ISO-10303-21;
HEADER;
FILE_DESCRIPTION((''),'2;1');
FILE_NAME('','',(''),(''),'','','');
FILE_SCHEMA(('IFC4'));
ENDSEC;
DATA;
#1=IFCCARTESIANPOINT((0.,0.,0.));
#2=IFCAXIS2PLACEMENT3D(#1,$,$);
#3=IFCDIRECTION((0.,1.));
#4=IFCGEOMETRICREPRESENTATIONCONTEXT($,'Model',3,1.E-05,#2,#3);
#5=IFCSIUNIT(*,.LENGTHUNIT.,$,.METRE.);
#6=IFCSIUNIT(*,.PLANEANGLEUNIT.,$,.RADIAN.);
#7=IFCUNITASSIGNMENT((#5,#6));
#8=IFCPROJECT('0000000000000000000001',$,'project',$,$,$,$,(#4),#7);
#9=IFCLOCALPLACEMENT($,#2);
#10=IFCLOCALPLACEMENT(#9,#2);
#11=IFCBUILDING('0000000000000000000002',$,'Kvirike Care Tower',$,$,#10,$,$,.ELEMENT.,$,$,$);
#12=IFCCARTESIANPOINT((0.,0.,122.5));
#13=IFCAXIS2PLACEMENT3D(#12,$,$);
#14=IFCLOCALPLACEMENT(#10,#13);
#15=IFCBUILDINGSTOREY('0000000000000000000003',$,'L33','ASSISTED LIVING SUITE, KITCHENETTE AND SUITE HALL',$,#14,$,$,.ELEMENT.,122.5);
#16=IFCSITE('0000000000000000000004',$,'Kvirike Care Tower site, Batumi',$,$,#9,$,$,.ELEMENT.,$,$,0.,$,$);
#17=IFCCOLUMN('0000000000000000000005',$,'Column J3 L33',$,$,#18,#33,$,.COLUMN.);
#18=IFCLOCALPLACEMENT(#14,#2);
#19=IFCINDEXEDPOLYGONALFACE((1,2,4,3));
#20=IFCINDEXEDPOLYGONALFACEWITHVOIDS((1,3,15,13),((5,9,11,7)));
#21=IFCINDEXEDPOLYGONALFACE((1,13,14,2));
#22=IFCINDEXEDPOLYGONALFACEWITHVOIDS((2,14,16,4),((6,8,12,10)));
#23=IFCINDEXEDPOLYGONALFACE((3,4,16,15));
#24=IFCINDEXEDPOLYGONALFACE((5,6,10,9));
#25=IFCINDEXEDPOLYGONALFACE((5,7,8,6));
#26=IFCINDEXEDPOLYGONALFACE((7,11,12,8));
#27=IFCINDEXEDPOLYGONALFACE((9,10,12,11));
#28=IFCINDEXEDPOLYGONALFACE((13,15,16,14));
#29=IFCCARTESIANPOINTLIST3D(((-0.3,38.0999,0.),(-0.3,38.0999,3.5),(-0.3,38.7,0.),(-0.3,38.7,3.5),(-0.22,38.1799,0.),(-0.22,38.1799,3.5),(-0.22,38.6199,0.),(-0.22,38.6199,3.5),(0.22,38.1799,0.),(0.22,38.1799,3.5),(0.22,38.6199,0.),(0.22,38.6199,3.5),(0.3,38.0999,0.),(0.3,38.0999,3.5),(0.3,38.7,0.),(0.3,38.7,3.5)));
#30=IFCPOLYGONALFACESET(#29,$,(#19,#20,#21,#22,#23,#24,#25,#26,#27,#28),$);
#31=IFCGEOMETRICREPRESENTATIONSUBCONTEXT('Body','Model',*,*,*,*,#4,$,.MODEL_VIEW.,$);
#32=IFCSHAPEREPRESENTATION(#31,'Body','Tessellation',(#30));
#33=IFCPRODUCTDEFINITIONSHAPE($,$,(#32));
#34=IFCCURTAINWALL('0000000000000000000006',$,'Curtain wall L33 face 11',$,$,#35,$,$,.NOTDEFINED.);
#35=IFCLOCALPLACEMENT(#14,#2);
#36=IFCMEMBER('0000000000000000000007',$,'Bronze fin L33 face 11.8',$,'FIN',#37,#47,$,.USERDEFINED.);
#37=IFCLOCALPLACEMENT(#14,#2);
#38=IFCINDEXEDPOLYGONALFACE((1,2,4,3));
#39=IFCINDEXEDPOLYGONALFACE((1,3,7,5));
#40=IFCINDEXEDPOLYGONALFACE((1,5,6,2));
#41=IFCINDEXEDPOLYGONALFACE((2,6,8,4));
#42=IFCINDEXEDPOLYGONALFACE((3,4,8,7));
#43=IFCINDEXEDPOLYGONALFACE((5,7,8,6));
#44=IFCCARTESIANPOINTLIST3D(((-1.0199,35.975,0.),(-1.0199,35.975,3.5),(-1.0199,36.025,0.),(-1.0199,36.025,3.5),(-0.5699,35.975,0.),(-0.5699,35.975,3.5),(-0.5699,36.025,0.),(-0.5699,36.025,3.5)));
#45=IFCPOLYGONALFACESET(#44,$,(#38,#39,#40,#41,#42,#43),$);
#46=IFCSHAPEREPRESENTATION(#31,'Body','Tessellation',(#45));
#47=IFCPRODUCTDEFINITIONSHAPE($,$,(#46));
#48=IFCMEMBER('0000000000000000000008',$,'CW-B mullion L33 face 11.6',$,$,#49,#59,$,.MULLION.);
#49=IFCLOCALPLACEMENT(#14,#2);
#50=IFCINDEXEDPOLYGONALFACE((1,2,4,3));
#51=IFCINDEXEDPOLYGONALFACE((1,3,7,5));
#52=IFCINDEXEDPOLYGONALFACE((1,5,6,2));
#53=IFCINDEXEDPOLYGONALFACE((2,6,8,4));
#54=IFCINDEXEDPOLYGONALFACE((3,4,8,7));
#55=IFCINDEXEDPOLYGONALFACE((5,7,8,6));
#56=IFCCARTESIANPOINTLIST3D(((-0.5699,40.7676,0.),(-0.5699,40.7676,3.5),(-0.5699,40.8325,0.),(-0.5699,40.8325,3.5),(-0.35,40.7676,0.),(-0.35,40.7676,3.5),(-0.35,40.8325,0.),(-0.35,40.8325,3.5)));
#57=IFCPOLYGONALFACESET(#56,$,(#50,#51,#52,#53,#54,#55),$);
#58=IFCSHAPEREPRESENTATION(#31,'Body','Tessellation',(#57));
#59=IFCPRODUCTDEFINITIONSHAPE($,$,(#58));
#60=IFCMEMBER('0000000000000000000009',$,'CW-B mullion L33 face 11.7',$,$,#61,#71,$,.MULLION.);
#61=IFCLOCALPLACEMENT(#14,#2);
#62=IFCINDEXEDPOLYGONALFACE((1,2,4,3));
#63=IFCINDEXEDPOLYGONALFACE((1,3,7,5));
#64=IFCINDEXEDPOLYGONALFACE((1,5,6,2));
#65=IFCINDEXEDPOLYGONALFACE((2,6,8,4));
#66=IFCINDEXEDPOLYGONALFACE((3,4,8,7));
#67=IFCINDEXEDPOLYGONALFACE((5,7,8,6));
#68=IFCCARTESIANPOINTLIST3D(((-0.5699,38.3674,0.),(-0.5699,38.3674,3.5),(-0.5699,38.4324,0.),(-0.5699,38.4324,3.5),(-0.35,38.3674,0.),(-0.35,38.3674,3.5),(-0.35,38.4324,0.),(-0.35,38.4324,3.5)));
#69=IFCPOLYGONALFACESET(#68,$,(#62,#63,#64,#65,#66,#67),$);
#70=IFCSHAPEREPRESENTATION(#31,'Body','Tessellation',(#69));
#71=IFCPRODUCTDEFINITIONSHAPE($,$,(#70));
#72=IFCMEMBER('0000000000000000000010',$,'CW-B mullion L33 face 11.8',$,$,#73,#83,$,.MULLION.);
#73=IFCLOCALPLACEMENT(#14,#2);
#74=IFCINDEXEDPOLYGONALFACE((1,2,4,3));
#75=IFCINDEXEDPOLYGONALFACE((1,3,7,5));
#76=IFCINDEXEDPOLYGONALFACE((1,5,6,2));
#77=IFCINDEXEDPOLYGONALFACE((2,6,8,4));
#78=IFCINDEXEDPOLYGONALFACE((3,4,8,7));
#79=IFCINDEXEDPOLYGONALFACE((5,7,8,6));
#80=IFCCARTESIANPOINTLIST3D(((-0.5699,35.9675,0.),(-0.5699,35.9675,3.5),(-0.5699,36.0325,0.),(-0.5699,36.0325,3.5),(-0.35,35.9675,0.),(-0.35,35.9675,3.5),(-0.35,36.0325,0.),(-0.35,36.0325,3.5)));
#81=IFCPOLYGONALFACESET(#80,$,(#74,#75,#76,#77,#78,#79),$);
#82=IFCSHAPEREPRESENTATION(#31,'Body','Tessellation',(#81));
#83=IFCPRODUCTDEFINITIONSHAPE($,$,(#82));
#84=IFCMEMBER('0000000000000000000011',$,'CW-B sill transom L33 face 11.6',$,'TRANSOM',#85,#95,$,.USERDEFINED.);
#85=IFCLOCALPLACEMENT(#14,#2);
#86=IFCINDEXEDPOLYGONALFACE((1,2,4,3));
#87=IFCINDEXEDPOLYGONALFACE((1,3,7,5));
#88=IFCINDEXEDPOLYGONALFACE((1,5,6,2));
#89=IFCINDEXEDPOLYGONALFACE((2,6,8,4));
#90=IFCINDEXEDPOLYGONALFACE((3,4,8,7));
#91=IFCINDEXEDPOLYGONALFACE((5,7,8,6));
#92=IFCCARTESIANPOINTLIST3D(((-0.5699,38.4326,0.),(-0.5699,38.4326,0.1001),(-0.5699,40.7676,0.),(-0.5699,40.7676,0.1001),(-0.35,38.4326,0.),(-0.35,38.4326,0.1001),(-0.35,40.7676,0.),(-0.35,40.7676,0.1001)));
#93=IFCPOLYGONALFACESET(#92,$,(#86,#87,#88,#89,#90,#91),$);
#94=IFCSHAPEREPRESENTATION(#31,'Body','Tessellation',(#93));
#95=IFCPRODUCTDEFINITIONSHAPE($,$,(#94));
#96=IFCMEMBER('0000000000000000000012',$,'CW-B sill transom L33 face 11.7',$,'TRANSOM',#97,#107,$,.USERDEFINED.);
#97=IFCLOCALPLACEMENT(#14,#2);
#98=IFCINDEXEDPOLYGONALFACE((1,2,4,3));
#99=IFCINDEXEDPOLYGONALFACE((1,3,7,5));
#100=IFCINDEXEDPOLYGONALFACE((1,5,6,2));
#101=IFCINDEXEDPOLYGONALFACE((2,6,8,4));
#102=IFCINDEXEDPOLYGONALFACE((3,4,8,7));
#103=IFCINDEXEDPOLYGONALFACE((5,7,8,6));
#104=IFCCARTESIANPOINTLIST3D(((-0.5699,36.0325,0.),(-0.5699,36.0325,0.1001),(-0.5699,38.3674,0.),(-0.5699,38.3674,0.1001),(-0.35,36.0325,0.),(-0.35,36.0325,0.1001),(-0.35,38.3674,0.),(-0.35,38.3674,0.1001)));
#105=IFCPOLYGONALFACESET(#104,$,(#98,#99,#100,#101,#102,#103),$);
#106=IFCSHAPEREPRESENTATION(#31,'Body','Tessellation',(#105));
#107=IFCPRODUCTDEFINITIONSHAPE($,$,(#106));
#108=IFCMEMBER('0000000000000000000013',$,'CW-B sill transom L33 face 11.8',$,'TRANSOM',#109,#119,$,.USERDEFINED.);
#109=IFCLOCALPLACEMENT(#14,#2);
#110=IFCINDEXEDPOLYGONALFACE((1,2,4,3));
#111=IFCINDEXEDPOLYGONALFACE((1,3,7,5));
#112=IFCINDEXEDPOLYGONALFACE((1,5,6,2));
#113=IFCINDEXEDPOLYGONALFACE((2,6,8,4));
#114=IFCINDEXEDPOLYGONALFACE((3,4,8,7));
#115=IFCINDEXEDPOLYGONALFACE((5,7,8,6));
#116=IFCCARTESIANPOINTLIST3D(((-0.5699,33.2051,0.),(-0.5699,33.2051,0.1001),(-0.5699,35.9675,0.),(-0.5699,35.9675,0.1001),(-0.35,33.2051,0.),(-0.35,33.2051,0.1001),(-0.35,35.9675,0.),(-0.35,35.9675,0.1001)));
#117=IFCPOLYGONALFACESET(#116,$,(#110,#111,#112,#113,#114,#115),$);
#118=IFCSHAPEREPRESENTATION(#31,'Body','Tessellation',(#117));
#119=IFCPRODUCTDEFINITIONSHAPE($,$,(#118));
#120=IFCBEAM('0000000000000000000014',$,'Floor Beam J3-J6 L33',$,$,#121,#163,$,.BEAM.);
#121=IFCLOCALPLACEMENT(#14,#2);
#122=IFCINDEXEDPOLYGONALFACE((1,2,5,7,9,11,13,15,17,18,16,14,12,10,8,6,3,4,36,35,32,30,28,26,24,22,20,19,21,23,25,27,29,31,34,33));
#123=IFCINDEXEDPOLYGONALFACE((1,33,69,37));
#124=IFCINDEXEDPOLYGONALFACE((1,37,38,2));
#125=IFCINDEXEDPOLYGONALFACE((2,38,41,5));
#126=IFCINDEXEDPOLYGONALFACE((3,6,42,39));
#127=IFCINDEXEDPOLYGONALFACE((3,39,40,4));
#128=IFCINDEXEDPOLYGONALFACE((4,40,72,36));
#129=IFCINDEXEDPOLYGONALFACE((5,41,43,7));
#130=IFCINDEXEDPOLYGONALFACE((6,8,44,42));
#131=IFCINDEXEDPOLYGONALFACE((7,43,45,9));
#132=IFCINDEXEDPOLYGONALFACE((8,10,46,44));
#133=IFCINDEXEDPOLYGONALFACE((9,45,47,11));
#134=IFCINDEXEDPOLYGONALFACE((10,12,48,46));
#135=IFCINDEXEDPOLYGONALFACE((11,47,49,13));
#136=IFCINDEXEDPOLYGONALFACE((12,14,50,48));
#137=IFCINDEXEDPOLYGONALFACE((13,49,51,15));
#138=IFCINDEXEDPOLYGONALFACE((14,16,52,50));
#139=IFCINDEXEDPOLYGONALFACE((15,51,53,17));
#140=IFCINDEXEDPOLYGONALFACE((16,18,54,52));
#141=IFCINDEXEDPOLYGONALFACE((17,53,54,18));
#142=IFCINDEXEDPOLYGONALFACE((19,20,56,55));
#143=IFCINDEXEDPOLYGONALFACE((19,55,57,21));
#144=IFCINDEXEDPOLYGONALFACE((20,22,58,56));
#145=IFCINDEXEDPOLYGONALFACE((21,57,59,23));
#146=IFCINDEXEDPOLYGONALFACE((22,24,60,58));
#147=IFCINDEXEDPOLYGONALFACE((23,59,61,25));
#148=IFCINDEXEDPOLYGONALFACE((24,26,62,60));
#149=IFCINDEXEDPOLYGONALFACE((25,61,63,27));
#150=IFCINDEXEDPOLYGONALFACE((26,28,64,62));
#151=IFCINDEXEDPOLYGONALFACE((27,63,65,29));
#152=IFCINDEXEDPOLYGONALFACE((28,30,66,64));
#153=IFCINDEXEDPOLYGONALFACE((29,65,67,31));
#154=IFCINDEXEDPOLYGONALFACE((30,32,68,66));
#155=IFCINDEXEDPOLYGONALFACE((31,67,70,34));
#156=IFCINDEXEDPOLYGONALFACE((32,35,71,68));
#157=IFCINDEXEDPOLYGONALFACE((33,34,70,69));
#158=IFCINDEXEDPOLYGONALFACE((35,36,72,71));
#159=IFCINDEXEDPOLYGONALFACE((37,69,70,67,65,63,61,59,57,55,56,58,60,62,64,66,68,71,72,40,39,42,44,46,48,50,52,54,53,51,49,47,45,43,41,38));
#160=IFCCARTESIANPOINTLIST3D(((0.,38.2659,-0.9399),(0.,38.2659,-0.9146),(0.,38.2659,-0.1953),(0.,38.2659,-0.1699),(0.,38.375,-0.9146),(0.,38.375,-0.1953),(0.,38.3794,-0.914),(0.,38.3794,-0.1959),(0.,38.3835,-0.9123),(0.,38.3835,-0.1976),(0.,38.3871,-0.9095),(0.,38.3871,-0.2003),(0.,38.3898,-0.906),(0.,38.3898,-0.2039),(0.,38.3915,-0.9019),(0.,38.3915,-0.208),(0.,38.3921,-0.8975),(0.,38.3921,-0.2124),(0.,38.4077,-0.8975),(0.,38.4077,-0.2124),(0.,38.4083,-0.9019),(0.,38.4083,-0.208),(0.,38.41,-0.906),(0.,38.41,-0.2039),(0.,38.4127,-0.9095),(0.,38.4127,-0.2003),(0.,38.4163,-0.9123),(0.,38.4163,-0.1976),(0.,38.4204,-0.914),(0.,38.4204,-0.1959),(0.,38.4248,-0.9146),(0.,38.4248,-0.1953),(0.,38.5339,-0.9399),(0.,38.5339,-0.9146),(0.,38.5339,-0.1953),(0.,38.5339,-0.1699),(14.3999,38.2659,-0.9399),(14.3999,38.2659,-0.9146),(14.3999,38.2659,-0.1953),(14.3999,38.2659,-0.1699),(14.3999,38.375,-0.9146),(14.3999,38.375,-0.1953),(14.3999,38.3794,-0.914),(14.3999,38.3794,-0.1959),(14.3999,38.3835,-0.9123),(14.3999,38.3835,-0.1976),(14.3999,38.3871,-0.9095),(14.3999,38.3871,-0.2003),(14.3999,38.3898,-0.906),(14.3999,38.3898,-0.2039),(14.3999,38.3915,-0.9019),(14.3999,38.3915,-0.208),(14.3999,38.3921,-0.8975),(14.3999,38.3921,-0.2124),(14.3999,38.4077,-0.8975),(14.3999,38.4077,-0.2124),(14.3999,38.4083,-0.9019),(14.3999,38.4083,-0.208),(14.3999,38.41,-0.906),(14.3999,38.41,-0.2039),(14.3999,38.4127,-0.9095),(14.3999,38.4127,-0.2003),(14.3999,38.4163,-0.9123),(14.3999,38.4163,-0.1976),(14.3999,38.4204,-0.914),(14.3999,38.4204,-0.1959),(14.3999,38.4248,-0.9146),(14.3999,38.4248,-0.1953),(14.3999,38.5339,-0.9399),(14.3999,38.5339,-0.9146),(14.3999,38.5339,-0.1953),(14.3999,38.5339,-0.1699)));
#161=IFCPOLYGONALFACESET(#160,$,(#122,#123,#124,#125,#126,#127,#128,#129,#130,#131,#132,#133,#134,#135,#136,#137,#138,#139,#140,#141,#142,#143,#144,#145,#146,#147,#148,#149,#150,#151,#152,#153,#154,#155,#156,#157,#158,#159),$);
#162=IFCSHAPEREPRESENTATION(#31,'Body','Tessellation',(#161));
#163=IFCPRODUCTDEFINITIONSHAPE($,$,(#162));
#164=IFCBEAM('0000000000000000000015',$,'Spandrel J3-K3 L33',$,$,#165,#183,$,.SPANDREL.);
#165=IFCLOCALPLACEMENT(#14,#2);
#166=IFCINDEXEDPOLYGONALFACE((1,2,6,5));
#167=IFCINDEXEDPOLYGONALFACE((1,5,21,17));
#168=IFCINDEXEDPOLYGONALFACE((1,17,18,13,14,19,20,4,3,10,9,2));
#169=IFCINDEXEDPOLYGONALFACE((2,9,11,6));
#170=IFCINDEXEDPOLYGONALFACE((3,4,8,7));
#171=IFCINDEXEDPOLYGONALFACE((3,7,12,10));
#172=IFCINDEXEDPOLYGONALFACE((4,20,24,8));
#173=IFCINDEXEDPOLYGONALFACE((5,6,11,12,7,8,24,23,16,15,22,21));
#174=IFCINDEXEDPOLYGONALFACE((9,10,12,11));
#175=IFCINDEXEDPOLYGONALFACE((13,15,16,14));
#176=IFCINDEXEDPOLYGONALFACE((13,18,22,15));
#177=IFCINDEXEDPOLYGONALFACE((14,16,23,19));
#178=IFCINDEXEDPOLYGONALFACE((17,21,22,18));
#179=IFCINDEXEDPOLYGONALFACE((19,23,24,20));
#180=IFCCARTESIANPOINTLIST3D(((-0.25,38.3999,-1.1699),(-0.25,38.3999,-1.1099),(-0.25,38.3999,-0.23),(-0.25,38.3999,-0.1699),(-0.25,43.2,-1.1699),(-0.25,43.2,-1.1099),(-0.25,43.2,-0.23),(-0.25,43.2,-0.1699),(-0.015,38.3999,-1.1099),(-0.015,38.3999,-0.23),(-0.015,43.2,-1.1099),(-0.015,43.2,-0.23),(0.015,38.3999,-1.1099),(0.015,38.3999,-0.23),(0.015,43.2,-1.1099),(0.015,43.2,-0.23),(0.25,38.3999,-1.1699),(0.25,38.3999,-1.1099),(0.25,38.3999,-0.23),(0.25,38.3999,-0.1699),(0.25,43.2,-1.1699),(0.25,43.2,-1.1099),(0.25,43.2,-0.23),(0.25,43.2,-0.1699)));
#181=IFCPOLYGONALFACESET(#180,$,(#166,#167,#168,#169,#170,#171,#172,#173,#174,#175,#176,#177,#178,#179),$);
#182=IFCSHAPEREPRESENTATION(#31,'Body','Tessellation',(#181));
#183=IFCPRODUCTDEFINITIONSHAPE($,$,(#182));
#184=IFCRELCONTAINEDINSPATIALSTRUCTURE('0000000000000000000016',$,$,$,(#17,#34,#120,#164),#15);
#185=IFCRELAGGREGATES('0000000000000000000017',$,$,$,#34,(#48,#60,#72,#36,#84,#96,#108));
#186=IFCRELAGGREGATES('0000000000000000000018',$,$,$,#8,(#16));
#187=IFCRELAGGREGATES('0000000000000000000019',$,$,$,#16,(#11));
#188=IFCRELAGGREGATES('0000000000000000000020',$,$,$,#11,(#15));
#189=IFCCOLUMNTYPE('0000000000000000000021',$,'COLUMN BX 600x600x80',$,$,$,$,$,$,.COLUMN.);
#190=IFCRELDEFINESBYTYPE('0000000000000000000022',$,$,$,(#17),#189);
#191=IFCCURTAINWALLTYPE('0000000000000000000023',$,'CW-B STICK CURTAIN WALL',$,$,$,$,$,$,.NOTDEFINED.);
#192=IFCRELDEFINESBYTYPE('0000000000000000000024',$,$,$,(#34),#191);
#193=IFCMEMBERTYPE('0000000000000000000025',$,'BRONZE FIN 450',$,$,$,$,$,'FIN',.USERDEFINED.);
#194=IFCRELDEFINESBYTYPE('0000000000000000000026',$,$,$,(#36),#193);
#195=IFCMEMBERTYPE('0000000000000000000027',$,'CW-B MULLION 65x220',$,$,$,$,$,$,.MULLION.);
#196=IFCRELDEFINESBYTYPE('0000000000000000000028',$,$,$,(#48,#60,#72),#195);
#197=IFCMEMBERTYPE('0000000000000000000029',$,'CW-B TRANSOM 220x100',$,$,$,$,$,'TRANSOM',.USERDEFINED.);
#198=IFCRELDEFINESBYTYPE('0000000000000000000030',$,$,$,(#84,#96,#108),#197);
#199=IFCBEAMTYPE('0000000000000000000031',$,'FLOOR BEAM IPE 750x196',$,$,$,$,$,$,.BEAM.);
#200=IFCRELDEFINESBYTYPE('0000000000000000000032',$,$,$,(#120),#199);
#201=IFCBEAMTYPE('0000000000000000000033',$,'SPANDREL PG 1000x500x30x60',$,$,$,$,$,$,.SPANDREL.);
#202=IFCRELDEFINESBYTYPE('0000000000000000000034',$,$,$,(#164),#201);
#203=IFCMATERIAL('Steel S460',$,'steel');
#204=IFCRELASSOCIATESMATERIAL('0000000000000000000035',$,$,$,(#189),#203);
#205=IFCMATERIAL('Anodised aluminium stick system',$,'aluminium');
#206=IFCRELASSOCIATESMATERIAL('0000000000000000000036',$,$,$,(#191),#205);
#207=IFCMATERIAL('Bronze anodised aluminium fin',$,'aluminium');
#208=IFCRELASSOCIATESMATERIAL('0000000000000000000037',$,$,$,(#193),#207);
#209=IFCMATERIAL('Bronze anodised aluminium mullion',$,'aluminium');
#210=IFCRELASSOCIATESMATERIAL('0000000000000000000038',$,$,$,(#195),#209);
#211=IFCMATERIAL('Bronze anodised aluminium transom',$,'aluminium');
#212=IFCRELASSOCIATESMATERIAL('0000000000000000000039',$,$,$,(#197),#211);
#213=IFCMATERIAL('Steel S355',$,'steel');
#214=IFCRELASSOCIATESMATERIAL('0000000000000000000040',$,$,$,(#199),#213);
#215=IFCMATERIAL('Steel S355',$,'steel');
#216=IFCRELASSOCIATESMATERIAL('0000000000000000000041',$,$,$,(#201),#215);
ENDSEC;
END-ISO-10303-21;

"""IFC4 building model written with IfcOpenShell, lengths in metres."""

from ifc_helpers import new_model, si_unit, direction, frame, origin, origin_2d, place, context, subcontext, project, spatial, rectangle, hollow_rectangle, i_section, extrude, material, material_profile, profile_set, type_object, element, aggregate, save


model = new_model("IFC4")

# Units and contexts
model_context = context("Model", 3, precision=1e-05, world=origin(), true_north=direction((0.0, 1.0)))
body_context = subcontext(model_context, "Body", "Model", "MODEL_VIEW")
ifc_project = project(units=[si_unit("LENGTHUNIT", "METRE"), si_unit("PLANEANGLEUNIT", "RADIAN")], contexts=[model_context])

# Site, building, storey
site_placement = place(None, origin())
site = spatial("IfcSite", under=ifc_project, at=site_placement, Name="Kvirike Care Tower site, Batumi", CompositionType="ELEMENT", RefElevation=0.0)
building_placement = place(site_placement, origin())
building = spatial("IfcBuilding", under=site, at=building_placement, Name="Kvirike Care Tower", CompositionType="ELEMENT")
storey_placement = place(building_placement, frame((0.0, 0.0, 122.5)))
storey = spatial("IfcBuildingStorey", under=building, at=storey_placement, Name="L33", Description="ASSISTED LIVING SUITE, KITCHENETTE AND SUITE HALL", CompositionType="ELEMENT", Elevation=122.5)

# Column
ifc_material_1 = material(Name="Steel S460", Category="steel")
ifc_material_profile_1 = material_profile(ifc_material_1, hollow_rectangle(XDim=0.6001, YDim=0.6001, WallThickness=0.0801, at=origin_2d()), Name="BX 600x600x80")
ifc_profile_set_1 = profile_set([ifc_material_profile_1], Name="Steel S460")
column_type = type_object("IfcColumnType", Name="COLUMN BX 600x600x80", PredefinedType="COLUMN", material=ifc_profile_set_1)
column_placement = place(storey_placement, frame((0.0, 38.3999, 0.0), z_axis=(0.0, 0.0, 1.0), x_axis=(1.0, 0.0, 0.0)))
element("IfcColumn", 1, at=column_placement, inside=storey, type_object=column_type, Name="Column J3 L33", PredefinedType="COLUMN", context=body_context, shape_type="SweptSolid", body=[
    extrude(hollow_rectangle(XDim=0.6001, YDim=0.6001, WallThickness=0.0801, at=origin_2d()), origin(), (0.0, 0.0, 1.0), 3.5),
])

# Curtain wall, members
ifc_material_2 = material(Name="Anodised aluminium stick system", Category="aluminium")
curtain_wall_type = type_object("IfcCurtainWallType", Name="CW-B STICK CURTAIN WALL", PredefinedType="NOTDEFINED", material=ifc_material_2)
curtain_wall_placement = place(storey_placement, origin())
curtain_wall = element("IfcCurtainWall", 2, at=curtain_wall_placement, inside=storey, type_object=curtain_wall_type, Name="Curtain wall L33 face 11", PredefinedType="NOTDEFINED")
ifc_material_3 = material(Name="Bronze anodised aluminium fin", Category="aluminium")
ifc_material_profile_2 = material_profile(ifc_material_3, rectangle(XDim=0.05, YDim=0.45, at=origin_2d()), Name="BRONZE FIN 450")
ifc_profile_set_2 = profile_set([ifc_material_profile_2], Name="Bronze anodised aluminium fin")
member_type_1 = type_object("IfcMemberType", Name="BRONZE FIN 450", ElementType="FIN", PredefinedType="USERDEFINED", material=ifc_profile_set_2)
member_1_placement = place(storey_placement, frame((-0.7949, 36.0, 0.0), z_axis=(0.0, 0.0, 1.0), x_axis=(0.0, -1.0, 0.0)))
member_1 = element("IfcMember", 3, at=member_1_placement, type_object=member_type_1, Name="Bronze fin L33 face 11.8", ObjectType="FIN", PredefinedType="USERDEFINED", context=body_context, shape_type="SweptSolid", body=[
    extrude(rectangle(XDim=0.05, YDim=0.45, at=origin_2d()), origin(), (0.0, 0.0, 1.0), 3.5),
])
ifc_material_4 = material(Name="Bronze anodised aluminium mullion", Category="aluminium")
ifc_material_profile_3 = material_profile(ifc_material_4, rectangle(XDim=0.0649, YDim=0.22, at=origin_2d()), Name="CW-B MULLION 65x220")
ifc_profile_set_3 = profile_set([ifc_material_profile_3], Name="Bronze anodised aluminium mullion")
member_type_2 = type_object("IfcMemberType", Name="CW-B MULLION 65x220", PredefinedType="MULLION", material=ifc_profile_set_3)
member_2_placement = place(storey_placement, frame((-0.46, 40.8, 0.0), z_axis=(0.0, 0.0, 1.0), x_axis=(0.0, -1.0, 0.0)))
member_2 = element("IfcMember", 4, at=member_2_placement, type_object=member_type_2, Name="CW-B mullion L33 face 11.6", PredefinedType="MULLION", context=body_context, shape_type="SweptSolid", body=[
    extrude(rectangle(XDim=0.0649, YDim=0.22, at=origin_2d()), origin(), (0.0, 0.0, 1.0), 3.5),
])
member_3_placement = place(storey_placement, frame((-0.46, 38.3999, 0.0), z_axis=(0.0, 0.0, 1.0), x_axis=(0.0, -1.0, 0.0)))
member_3 = element("IfcMember", 5, at=member_3_placement, type_object=member_type_2, Name="CW-B mullion L33 face 11.7", PredefinedType="MULLION", context=body_context, shape_type="SweptSolid", body=[
    extrude(rectangle(XDim=0.0649, YDim=0.22, at=origin_2d()), origin(), (0.0, 0.0, 1.0), 3.5),
])
member_4_placement = place(storey_placement, frame((-0.46, 36.0, 0.0), z_axis=(0.0, 0.0, 1.0), x_axis=(0.0, -1.0, 0.0)))
member_4 = element("IfcMember", 6, at=member_4_placement, type_object=member_type_2, Name="CW-B mullion L33 face 11.8", PredefinedType="MULLION", context=body_context, shape_type="SweptSolid", body=[
    extrude(rectangle(XDim=0.0649, YDim=0.22, at=origin_2d()), origin(), (0.0, 0.0, 1.0), 3.5),
])
ifc_material_5 = material(Name="Bronze anodised aluminium transom", Category="aluminium")
ifc_material_profile_4 = material_profile(ifc_material_5, rectangle(XDim=0.22, YDim=0.1001, at=origin_2d()), Name="CW-B TRANSOM 220x100")
ifc_profile_set_4 = profile_set([ifc_material_profile_4], Name="Bronze anodised aluminium transom")
member_type_3 = type_object("IfcMemberType", Name="CW-B TRANSOM 220x100", ElementType="TRANSOM", PredefinedType="USERDEFINED", material=ifc_profile_set_4)
member_5_placement = place(storey_placement, frame((-0.46, 40.7676, 0.05), z_axis=(0.0, -1.0, 0.0), x_axis=(1.0, 0.0, 0.0)))
member_5 = element("IfcMember", 7, at=member_5_placement, type_object=member_type_3, Name="CW-B sill transom L33 face 11.6", ObjectType="TRANSOM", PredefinedType="USERDEFINED", context=body_context, shape_type="SweptSolid", body=[
    extrude(rectangle(XDim=0.22, YDim=0.1001, at=origin_2d()), origin(), (0.0, 0.0, 1.0), 2.335),
])
member_6_placement = place(storey_placement, frame((-0.46, 38.3674, 0.05), z_axis=(0.0, -1.0, 0.0), x_axis=(1.0, 0.0, 0.0)))
member_6 = element("IfcMember", 8, at=member_6_placement, type_object=member_type_3, Name="CW-B sill transom L33 face 11.7", ObjectType="TRANSOM", PredefinedType="USERDEFINED", context=body_context, shape_type="SweptSolid", body=[
    extrude(rectangle(XDim=0.22, YDim=0.1001, at=origin_2d()), origin(), (0.0, 0.0, 1.0), 2.335),
])
member_7_placement = place(storey_placement, frame((-0.46, 35.9675, 0.05), z_axis=(0.0, -1.0, 0.0), x_axis=(1.0, 0.0, 0.0)))
member_7 = element("IfcMember", 9, at=member_7_placement, type_object=member_type_3, Name="CW-B sill transom L33 face 11.8", ObjectType="TRANSOM", PredefinedType="USERDEFINED", context=body_context, shape_type="SweptSolid", body=[
    extrude(rectangle(XDim=0.22, YDim=0.1001, at=origin_2d()), origin(), (0.0, 0.0, 1.0), 2.7625),
])

# Beams
ifc_material_6 = material(Name="Steel S355", Category="steel")
ifc_material_profile_5 = material_profile(ifc_material_6, i_section(OverallWidth=0.2681, OverallDepth=0.77, WebThickness=0.0156, FlangeThickness=0.0254, FilletRadius=0.0171, at=origin_2d()), Name="IPE 750x196")
ifc_profile_set_5 = profile_set([ifc_material_profile_5], Name="Steel S355")
beam_type_1 = type_object("IfcBeamType", Name="FLOOR BEAM IPE 750x196", PredefinedType="BEAM", material=ifc_profile_set_5)
beam_1_placement = place(storey_placement, frame((0.0, 38.3999, -0.5549), z_axis=(1.0, 0.0, 0.0), x_axis=(0.0, 1.0, 0.0)))
element("IfcBeam", 10, at=beam_1_placement, inside=storey, type_object=beam_type_1, Name="Floor Beam J3-J6 L33", PredefinedType="BEAM", context=body_context, shape_type="SweptSolid", body=[
    extrude(i_section(OverallWidth=0.2681, OverallDepth=0.77, WebThickness=0.0156, FlangeThickness=0.0254, FilletRadius=0.0171, at=origin_2d()), origin(), (0.0, 0.0, 1.0), 14.3999),
])
ifc_material_7 = material(Name="Steel S355", Category="steel")
ifc_material_profile_6 = material_profile(ifc_material_7, i_section(OverallWidth=0.5, OverallDepth=1.0, WebThickness=0.03, FlangeThickness=0.0601, at=origin_2d()), Name="PG 1000x500x30x60")
ifc_profile_set_6 = profile_set([ifc_material_profile_6], Name="Steel S355")
beam_type_2 = type_object("IfcBeamType", Name="SPANDREL PG 1000x500x30x60", PredefinedType="SPANDREL", material=ifc_profile_set_6)
beam_2_placement = place(storey_placement, frame((0.0, 38.3999, -0.6699), z_axis=(0.0, 1.0, 0.0), x_axis=(-1.0, 0.0, 0.0)))
element("IfcBeam", 11, at=beam_2_placement, inside=storey, type_object=beam_type_2, Name="Spandrel J3-K3 L33", PredefinedType="SPANDREL", context=body_context, shape_type="SweptSolid", body=[
    extrude(i_section(OverallWidth=0.5, OverallDepth=1.0, WebThickness=0.03, FlangeThickness=0.0601, at=origin_2d()), origin(), (0.0, 0.0, 1.0), 4.8),
])

aggregate(curtain_wall, [member_2, member_3, member_4, member_1, member_5, member_6, member_7])

save(model, "model.ifc")
